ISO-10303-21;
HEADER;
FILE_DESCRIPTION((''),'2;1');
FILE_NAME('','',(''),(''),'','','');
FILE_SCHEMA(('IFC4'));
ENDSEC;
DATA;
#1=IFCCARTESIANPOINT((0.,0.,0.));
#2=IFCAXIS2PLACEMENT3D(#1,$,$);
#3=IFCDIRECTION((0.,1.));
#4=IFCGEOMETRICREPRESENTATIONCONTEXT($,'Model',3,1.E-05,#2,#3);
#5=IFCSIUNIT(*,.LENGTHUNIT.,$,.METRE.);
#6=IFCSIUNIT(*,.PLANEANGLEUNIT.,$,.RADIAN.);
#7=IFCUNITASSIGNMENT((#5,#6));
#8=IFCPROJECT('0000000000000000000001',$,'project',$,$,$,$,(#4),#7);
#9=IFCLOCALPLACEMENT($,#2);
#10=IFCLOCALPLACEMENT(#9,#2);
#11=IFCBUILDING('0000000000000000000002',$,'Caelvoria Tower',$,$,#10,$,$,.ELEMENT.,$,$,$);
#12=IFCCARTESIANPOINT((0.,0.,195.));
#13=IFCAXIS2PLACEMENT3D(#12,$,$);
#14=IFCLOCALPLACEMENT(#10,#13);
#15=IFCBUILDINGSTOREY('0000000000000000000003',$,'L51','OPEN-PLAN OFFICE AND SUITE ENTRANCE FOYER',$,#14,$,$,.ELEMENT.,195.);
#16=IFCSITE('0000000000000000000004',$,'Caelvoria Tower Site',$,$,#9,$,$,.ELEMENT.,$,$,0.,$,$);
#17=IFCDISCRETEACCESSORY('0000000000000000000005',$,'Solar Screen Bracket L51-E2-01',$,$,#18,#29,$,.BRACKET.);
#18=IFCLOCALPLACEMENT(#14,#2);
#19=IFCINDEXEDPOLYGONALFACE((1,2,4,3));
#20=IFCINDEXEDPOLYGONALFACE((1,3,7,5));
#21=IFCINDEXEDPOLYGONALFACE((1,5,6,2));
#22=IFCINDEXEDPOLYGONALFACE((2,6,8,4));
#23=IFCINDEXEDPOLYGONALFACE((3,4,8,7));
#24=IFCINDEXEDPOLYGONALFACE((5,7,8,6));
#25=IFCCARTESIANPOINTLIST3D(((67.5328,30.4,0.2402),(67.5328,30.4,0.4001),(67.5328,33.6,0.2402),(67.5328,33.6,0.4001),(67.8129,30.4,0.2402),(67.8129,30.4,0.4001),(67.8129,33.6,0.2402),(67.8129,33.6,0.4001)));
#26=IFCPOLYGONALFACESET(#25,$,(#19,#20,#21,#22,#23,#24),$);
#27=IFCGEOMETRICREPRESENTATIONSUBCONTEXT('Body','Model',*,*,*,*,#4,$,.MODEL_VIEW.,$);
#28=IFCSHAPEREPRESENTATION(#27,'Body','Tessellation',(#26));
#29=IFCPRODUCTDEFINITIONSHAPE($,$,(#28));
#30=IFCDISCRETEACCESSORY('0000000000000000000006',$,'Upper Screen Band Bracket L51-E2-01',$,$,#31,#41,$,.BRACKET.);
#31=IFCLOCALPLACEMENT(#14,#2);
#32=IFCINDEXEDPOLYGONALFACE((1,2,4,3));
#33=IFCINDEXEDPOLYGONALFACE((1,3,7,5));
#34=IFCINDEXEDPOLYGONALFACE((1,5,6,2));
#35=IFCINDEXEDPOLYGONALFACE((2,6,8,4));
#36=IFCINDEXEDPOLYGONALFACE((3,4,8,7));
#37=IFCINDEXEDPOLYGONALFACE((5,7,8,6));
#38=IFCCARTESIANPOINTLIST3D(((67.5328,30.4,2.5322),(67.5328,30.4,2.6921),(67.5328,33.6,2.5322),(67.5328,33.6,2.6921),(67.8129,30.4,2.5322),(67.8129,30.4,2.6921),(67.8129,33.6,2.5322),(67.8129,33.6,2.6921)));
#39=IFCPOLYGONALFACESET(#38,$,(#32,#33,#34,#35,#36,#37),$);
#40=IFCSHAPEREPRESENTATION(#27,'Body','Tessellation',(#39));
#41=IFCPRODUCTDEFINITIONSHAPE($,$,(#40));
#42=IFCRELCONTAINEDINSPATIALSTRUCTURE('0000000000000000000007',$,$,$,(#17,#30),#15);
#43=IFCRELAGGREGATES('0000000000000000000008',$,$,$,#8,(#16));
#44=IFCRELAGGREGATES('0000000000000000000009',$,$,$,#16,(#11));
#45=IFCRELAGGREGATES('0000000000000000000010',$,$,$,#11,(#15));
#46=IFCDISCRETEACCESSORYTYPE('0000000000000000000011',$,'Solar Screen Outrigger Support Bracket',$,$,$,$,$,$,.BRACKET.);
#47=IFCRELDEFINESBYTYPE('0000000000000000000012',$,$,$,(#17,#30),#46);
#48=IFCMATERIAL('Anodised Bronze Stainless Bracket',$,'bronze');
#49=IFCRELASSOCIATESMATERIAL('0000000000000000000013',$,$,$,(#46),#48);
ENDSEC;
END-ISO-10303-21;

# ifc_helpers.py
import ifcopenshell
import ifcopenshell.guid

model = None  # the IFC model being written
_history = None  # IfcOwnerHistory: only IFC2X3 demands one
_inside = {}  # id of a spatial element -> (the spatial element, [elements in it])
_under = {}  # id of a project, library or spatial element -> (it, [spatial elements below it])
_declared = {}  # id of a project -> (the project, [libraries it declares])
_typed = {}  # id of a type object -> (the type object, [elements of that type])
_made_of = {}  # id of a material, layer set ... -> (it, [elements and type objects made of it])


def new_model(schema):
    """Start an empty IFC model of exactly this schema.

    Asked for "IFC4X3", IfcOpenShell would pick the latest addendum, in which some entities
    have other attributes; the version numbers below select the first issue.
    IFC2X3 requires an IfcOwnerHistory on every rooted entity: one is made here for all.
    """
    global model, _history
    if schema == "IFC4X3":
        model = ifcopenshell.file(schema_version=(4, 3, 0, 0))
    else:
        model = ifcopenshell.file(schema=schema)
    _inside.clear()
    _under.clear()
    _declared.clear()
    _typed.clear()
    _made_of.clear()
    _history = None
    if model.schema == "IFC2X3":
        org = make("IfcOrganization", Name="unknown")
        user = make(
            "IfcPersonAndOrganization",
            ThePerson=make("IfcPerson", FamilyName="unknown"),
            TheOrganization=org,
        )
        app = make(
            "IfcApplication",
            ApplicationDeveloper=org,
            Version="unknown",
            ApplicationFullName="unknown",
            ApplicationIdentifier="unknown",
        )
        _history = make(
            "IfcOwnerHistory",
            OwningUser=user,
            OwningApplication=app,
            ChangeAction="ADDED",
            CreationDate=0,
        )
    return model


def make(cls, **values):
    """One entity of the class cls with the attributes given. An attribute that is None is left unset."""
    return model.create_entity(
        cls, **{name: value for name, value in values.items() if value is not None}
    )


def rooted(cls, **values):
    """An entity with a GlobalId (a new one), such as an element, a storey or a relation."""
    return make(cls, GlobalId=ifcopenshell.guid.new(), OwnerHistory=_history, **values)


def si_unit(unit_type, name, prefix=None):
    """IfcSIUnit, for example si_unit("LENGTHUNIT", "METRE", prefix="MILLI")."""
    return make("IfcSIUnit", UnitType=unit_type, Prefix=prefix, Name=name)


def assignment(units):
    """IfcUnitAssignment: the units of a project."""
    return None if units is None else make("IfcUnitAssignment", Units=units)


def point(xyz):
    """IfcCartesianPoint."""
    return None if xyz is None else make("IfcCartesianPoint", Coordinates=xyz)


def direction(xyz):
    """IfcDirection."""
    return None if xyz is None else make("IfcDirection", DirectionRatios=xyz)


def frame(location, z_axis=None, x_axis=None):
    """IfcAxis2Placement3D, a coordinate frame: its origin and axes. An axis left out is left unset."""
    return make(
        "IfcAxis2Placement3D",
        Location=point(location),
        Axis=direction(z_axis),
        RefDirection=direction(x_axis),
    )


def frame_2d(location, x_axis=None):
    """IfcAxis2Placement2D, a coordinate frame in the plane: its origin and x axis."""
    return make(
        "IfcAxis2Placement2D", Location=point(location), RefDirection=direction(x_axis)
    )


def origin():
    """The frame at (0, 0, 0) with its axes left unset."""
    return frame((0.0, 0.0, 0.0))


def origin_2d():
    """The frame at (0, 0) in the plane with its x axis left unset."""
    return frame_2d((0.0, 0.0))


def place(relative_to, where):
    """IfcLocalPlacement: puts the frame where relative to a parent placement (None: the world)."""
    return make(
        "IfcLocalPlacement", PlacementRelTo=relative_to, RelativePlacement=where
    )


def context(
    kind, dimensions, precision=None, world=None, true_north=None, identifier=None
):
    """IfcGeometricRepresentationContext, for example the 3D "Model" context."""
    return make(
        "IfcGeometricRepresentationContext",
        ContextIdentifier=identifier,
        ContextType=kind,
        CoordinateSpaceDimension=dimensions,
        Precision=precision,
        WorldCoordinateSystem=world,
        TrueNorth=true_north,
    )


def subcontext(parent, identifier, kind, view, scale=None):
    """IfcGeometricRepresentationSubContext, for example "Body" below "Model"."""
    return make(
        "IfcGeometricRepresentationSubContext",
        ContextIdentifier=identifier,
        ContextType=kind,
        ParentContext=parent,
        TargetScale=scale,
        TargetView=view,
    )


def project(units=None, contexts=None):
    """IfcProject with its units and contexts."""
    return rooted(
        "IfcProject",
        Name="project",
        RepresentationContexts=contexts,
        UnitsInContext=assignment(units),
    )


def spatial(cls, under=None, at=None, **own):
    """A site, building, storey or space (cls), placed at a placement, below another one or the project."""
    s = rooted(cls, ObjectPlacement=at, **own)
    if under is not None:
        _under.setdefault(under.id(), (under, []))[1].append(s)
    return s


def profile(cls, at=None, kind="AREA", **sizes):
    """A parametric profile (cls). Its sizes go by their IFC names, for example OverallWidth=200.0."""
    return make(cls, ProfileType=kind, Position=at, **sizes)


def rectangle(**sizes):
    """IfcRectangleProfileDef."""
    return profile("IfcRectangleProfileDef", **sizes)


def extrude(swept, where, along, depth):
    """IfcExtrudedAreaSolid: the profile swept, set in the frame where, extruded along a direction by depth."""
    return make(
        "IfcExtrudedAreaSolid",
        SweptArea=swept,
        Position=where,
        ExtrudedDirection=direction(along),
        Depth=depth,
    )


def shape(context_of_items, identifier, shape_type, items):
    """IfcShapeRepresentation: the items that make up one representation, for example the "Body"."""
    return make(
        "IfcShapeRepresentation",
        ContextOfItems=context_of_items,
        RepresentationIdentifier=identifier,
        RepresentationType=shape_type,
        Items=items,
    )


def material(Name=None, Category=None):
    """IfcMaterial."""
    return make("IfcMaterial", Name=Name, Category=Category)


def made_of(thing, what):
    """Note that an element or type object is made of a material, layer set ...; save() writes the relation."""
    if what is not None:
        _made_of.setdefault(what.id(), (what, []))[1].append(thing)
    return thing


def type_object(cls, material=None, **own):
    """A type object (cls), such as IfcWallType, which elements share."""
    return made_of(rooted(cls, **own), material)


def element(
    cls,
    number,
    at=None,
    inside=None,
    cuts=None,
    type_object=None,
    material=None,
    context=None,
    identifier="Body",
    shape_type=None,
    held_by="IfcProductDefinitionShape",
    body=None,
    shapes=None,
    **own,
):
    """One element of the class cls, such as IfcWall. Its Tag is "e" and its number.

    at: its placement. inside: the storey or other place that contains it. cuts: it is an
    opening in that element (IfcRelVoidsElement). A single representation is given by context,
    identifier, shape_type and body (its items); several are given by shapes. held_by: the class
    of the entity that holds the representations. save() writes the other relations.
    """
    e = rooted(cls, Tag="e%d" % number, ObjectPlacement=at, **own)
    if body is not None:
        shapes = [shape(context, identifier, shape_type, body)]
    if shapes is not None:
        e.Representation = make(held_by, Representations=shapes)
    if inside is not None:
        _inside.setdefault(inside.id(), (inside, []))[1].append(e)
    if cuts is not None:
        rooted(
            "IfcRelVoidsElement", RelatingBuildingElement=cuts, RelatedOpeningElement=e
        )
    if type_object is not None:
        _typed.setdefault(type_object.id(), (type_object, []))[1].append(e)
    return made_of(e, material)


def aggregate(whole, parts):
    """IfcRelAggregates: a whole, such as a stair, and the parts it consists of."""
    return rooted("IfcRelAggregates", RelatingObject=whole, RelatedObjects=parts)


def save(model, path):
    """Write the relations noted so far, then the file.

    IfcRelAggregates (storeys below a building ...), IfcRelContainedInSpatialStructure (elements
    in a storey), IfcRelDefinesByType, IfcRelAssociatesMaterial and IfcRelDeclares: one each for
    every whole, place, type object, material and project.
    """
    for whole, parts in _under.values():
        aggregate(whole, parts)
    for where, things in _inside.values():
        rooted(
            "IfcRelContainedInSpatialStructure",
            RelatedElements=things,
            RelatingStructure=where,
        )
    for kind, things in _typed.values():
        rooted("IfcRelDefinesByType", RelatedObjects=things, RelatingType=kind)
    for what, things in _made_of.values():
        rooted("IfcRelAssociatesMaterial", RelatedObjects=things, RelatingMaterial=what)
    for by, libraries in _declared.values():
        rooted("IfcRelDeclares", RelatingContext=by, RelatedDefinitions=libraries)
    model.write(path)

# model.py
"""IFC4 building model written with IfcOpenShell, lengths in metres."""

from ifc_helpers import new_model, si_unit, direction, frame, origin, origin_2d, place, context, subcontext, project, spatial, rectangle, extrude, material, type_object, element, save


model = new_model("IFC4")

# Units and contexts
model_context = context("Model", 3, precision=1e-05, world=origin(), true_north=direction((0.0, 1.0)))
body_context = subcontext(model_context, "Body", "Model", "MODEL_VIEW")
ifc_project = project(units=[si_unit("LENGTHUNIT", "METRE"), si_unit("PLANEANGLEUNIT", "RADIAN")], contexts=[model_context])

# Site, building, storey
site_placement = place(None, origin())
site = spatial("IfcSite", under=ifc_project, at=site_placement, Name="Caelvoria Tower Site", CompositionType="ELEMENT", RefElevation=0.0)
building_placement = place(site_placement, origin())
building = spatial("IfcBuilding", under=site, at=building_placement, Name="Caelvoria Tower", CompositionType="ELEMENT")
storey_placement = place(building_placement, frame((0.0, 0.0, 195.0)))
storey = spatial("IfcBuildingStorey", under=building, at=storey_placement, Name="L51", Description="OPEN-PLAN OFFICE AND SUITE ENTRANCE FOYER", CompositionType="ELEMENT", Elevation=195.0)

# Discrete accessories
ifc_material_1 = material(Name="Anodised Bronze Stainless Bracket", Category="bronze")
discrete_accessory_type = type_object("IfcDiscreteAccessoryType", Name="Solar Screen Outrigger Support Bracket", PredefinedType="BRACKET", material=ifc_material_1)
for number, where, z_axis, x_axis, name in (
    (1, (67.6729, 32.0, 0.2402), (0.0, 0.0, 1.0), (0.0, 1.0, 0.0), "Solar Screen Bracket L51-E2-01"),
    (2, (67.6729, 32.0, 2.5322), (0.0, 0.0, 1.0), (0.0, 1.0, 0.0), "Upper Screen Band Bracket L51-E2-01"),
):
    element("IfcDiscreteAccessory", number, at=place(storey_placement, frame(where, z_axis=z_axis, x_axis=x_axis)), inside=storey, type_object=discrete_accessory_type, Name=name, PredefinedType="BRACKET", context=body_context, shape_type="SweptSolid", body=[
        extrude(rectangle(XDim=3.2, YDim=0.28, at=origin_2d()), origin(), (0.0, 0.0, 1.0), 0.1599),
    ])

save(model, "model.ifc")
